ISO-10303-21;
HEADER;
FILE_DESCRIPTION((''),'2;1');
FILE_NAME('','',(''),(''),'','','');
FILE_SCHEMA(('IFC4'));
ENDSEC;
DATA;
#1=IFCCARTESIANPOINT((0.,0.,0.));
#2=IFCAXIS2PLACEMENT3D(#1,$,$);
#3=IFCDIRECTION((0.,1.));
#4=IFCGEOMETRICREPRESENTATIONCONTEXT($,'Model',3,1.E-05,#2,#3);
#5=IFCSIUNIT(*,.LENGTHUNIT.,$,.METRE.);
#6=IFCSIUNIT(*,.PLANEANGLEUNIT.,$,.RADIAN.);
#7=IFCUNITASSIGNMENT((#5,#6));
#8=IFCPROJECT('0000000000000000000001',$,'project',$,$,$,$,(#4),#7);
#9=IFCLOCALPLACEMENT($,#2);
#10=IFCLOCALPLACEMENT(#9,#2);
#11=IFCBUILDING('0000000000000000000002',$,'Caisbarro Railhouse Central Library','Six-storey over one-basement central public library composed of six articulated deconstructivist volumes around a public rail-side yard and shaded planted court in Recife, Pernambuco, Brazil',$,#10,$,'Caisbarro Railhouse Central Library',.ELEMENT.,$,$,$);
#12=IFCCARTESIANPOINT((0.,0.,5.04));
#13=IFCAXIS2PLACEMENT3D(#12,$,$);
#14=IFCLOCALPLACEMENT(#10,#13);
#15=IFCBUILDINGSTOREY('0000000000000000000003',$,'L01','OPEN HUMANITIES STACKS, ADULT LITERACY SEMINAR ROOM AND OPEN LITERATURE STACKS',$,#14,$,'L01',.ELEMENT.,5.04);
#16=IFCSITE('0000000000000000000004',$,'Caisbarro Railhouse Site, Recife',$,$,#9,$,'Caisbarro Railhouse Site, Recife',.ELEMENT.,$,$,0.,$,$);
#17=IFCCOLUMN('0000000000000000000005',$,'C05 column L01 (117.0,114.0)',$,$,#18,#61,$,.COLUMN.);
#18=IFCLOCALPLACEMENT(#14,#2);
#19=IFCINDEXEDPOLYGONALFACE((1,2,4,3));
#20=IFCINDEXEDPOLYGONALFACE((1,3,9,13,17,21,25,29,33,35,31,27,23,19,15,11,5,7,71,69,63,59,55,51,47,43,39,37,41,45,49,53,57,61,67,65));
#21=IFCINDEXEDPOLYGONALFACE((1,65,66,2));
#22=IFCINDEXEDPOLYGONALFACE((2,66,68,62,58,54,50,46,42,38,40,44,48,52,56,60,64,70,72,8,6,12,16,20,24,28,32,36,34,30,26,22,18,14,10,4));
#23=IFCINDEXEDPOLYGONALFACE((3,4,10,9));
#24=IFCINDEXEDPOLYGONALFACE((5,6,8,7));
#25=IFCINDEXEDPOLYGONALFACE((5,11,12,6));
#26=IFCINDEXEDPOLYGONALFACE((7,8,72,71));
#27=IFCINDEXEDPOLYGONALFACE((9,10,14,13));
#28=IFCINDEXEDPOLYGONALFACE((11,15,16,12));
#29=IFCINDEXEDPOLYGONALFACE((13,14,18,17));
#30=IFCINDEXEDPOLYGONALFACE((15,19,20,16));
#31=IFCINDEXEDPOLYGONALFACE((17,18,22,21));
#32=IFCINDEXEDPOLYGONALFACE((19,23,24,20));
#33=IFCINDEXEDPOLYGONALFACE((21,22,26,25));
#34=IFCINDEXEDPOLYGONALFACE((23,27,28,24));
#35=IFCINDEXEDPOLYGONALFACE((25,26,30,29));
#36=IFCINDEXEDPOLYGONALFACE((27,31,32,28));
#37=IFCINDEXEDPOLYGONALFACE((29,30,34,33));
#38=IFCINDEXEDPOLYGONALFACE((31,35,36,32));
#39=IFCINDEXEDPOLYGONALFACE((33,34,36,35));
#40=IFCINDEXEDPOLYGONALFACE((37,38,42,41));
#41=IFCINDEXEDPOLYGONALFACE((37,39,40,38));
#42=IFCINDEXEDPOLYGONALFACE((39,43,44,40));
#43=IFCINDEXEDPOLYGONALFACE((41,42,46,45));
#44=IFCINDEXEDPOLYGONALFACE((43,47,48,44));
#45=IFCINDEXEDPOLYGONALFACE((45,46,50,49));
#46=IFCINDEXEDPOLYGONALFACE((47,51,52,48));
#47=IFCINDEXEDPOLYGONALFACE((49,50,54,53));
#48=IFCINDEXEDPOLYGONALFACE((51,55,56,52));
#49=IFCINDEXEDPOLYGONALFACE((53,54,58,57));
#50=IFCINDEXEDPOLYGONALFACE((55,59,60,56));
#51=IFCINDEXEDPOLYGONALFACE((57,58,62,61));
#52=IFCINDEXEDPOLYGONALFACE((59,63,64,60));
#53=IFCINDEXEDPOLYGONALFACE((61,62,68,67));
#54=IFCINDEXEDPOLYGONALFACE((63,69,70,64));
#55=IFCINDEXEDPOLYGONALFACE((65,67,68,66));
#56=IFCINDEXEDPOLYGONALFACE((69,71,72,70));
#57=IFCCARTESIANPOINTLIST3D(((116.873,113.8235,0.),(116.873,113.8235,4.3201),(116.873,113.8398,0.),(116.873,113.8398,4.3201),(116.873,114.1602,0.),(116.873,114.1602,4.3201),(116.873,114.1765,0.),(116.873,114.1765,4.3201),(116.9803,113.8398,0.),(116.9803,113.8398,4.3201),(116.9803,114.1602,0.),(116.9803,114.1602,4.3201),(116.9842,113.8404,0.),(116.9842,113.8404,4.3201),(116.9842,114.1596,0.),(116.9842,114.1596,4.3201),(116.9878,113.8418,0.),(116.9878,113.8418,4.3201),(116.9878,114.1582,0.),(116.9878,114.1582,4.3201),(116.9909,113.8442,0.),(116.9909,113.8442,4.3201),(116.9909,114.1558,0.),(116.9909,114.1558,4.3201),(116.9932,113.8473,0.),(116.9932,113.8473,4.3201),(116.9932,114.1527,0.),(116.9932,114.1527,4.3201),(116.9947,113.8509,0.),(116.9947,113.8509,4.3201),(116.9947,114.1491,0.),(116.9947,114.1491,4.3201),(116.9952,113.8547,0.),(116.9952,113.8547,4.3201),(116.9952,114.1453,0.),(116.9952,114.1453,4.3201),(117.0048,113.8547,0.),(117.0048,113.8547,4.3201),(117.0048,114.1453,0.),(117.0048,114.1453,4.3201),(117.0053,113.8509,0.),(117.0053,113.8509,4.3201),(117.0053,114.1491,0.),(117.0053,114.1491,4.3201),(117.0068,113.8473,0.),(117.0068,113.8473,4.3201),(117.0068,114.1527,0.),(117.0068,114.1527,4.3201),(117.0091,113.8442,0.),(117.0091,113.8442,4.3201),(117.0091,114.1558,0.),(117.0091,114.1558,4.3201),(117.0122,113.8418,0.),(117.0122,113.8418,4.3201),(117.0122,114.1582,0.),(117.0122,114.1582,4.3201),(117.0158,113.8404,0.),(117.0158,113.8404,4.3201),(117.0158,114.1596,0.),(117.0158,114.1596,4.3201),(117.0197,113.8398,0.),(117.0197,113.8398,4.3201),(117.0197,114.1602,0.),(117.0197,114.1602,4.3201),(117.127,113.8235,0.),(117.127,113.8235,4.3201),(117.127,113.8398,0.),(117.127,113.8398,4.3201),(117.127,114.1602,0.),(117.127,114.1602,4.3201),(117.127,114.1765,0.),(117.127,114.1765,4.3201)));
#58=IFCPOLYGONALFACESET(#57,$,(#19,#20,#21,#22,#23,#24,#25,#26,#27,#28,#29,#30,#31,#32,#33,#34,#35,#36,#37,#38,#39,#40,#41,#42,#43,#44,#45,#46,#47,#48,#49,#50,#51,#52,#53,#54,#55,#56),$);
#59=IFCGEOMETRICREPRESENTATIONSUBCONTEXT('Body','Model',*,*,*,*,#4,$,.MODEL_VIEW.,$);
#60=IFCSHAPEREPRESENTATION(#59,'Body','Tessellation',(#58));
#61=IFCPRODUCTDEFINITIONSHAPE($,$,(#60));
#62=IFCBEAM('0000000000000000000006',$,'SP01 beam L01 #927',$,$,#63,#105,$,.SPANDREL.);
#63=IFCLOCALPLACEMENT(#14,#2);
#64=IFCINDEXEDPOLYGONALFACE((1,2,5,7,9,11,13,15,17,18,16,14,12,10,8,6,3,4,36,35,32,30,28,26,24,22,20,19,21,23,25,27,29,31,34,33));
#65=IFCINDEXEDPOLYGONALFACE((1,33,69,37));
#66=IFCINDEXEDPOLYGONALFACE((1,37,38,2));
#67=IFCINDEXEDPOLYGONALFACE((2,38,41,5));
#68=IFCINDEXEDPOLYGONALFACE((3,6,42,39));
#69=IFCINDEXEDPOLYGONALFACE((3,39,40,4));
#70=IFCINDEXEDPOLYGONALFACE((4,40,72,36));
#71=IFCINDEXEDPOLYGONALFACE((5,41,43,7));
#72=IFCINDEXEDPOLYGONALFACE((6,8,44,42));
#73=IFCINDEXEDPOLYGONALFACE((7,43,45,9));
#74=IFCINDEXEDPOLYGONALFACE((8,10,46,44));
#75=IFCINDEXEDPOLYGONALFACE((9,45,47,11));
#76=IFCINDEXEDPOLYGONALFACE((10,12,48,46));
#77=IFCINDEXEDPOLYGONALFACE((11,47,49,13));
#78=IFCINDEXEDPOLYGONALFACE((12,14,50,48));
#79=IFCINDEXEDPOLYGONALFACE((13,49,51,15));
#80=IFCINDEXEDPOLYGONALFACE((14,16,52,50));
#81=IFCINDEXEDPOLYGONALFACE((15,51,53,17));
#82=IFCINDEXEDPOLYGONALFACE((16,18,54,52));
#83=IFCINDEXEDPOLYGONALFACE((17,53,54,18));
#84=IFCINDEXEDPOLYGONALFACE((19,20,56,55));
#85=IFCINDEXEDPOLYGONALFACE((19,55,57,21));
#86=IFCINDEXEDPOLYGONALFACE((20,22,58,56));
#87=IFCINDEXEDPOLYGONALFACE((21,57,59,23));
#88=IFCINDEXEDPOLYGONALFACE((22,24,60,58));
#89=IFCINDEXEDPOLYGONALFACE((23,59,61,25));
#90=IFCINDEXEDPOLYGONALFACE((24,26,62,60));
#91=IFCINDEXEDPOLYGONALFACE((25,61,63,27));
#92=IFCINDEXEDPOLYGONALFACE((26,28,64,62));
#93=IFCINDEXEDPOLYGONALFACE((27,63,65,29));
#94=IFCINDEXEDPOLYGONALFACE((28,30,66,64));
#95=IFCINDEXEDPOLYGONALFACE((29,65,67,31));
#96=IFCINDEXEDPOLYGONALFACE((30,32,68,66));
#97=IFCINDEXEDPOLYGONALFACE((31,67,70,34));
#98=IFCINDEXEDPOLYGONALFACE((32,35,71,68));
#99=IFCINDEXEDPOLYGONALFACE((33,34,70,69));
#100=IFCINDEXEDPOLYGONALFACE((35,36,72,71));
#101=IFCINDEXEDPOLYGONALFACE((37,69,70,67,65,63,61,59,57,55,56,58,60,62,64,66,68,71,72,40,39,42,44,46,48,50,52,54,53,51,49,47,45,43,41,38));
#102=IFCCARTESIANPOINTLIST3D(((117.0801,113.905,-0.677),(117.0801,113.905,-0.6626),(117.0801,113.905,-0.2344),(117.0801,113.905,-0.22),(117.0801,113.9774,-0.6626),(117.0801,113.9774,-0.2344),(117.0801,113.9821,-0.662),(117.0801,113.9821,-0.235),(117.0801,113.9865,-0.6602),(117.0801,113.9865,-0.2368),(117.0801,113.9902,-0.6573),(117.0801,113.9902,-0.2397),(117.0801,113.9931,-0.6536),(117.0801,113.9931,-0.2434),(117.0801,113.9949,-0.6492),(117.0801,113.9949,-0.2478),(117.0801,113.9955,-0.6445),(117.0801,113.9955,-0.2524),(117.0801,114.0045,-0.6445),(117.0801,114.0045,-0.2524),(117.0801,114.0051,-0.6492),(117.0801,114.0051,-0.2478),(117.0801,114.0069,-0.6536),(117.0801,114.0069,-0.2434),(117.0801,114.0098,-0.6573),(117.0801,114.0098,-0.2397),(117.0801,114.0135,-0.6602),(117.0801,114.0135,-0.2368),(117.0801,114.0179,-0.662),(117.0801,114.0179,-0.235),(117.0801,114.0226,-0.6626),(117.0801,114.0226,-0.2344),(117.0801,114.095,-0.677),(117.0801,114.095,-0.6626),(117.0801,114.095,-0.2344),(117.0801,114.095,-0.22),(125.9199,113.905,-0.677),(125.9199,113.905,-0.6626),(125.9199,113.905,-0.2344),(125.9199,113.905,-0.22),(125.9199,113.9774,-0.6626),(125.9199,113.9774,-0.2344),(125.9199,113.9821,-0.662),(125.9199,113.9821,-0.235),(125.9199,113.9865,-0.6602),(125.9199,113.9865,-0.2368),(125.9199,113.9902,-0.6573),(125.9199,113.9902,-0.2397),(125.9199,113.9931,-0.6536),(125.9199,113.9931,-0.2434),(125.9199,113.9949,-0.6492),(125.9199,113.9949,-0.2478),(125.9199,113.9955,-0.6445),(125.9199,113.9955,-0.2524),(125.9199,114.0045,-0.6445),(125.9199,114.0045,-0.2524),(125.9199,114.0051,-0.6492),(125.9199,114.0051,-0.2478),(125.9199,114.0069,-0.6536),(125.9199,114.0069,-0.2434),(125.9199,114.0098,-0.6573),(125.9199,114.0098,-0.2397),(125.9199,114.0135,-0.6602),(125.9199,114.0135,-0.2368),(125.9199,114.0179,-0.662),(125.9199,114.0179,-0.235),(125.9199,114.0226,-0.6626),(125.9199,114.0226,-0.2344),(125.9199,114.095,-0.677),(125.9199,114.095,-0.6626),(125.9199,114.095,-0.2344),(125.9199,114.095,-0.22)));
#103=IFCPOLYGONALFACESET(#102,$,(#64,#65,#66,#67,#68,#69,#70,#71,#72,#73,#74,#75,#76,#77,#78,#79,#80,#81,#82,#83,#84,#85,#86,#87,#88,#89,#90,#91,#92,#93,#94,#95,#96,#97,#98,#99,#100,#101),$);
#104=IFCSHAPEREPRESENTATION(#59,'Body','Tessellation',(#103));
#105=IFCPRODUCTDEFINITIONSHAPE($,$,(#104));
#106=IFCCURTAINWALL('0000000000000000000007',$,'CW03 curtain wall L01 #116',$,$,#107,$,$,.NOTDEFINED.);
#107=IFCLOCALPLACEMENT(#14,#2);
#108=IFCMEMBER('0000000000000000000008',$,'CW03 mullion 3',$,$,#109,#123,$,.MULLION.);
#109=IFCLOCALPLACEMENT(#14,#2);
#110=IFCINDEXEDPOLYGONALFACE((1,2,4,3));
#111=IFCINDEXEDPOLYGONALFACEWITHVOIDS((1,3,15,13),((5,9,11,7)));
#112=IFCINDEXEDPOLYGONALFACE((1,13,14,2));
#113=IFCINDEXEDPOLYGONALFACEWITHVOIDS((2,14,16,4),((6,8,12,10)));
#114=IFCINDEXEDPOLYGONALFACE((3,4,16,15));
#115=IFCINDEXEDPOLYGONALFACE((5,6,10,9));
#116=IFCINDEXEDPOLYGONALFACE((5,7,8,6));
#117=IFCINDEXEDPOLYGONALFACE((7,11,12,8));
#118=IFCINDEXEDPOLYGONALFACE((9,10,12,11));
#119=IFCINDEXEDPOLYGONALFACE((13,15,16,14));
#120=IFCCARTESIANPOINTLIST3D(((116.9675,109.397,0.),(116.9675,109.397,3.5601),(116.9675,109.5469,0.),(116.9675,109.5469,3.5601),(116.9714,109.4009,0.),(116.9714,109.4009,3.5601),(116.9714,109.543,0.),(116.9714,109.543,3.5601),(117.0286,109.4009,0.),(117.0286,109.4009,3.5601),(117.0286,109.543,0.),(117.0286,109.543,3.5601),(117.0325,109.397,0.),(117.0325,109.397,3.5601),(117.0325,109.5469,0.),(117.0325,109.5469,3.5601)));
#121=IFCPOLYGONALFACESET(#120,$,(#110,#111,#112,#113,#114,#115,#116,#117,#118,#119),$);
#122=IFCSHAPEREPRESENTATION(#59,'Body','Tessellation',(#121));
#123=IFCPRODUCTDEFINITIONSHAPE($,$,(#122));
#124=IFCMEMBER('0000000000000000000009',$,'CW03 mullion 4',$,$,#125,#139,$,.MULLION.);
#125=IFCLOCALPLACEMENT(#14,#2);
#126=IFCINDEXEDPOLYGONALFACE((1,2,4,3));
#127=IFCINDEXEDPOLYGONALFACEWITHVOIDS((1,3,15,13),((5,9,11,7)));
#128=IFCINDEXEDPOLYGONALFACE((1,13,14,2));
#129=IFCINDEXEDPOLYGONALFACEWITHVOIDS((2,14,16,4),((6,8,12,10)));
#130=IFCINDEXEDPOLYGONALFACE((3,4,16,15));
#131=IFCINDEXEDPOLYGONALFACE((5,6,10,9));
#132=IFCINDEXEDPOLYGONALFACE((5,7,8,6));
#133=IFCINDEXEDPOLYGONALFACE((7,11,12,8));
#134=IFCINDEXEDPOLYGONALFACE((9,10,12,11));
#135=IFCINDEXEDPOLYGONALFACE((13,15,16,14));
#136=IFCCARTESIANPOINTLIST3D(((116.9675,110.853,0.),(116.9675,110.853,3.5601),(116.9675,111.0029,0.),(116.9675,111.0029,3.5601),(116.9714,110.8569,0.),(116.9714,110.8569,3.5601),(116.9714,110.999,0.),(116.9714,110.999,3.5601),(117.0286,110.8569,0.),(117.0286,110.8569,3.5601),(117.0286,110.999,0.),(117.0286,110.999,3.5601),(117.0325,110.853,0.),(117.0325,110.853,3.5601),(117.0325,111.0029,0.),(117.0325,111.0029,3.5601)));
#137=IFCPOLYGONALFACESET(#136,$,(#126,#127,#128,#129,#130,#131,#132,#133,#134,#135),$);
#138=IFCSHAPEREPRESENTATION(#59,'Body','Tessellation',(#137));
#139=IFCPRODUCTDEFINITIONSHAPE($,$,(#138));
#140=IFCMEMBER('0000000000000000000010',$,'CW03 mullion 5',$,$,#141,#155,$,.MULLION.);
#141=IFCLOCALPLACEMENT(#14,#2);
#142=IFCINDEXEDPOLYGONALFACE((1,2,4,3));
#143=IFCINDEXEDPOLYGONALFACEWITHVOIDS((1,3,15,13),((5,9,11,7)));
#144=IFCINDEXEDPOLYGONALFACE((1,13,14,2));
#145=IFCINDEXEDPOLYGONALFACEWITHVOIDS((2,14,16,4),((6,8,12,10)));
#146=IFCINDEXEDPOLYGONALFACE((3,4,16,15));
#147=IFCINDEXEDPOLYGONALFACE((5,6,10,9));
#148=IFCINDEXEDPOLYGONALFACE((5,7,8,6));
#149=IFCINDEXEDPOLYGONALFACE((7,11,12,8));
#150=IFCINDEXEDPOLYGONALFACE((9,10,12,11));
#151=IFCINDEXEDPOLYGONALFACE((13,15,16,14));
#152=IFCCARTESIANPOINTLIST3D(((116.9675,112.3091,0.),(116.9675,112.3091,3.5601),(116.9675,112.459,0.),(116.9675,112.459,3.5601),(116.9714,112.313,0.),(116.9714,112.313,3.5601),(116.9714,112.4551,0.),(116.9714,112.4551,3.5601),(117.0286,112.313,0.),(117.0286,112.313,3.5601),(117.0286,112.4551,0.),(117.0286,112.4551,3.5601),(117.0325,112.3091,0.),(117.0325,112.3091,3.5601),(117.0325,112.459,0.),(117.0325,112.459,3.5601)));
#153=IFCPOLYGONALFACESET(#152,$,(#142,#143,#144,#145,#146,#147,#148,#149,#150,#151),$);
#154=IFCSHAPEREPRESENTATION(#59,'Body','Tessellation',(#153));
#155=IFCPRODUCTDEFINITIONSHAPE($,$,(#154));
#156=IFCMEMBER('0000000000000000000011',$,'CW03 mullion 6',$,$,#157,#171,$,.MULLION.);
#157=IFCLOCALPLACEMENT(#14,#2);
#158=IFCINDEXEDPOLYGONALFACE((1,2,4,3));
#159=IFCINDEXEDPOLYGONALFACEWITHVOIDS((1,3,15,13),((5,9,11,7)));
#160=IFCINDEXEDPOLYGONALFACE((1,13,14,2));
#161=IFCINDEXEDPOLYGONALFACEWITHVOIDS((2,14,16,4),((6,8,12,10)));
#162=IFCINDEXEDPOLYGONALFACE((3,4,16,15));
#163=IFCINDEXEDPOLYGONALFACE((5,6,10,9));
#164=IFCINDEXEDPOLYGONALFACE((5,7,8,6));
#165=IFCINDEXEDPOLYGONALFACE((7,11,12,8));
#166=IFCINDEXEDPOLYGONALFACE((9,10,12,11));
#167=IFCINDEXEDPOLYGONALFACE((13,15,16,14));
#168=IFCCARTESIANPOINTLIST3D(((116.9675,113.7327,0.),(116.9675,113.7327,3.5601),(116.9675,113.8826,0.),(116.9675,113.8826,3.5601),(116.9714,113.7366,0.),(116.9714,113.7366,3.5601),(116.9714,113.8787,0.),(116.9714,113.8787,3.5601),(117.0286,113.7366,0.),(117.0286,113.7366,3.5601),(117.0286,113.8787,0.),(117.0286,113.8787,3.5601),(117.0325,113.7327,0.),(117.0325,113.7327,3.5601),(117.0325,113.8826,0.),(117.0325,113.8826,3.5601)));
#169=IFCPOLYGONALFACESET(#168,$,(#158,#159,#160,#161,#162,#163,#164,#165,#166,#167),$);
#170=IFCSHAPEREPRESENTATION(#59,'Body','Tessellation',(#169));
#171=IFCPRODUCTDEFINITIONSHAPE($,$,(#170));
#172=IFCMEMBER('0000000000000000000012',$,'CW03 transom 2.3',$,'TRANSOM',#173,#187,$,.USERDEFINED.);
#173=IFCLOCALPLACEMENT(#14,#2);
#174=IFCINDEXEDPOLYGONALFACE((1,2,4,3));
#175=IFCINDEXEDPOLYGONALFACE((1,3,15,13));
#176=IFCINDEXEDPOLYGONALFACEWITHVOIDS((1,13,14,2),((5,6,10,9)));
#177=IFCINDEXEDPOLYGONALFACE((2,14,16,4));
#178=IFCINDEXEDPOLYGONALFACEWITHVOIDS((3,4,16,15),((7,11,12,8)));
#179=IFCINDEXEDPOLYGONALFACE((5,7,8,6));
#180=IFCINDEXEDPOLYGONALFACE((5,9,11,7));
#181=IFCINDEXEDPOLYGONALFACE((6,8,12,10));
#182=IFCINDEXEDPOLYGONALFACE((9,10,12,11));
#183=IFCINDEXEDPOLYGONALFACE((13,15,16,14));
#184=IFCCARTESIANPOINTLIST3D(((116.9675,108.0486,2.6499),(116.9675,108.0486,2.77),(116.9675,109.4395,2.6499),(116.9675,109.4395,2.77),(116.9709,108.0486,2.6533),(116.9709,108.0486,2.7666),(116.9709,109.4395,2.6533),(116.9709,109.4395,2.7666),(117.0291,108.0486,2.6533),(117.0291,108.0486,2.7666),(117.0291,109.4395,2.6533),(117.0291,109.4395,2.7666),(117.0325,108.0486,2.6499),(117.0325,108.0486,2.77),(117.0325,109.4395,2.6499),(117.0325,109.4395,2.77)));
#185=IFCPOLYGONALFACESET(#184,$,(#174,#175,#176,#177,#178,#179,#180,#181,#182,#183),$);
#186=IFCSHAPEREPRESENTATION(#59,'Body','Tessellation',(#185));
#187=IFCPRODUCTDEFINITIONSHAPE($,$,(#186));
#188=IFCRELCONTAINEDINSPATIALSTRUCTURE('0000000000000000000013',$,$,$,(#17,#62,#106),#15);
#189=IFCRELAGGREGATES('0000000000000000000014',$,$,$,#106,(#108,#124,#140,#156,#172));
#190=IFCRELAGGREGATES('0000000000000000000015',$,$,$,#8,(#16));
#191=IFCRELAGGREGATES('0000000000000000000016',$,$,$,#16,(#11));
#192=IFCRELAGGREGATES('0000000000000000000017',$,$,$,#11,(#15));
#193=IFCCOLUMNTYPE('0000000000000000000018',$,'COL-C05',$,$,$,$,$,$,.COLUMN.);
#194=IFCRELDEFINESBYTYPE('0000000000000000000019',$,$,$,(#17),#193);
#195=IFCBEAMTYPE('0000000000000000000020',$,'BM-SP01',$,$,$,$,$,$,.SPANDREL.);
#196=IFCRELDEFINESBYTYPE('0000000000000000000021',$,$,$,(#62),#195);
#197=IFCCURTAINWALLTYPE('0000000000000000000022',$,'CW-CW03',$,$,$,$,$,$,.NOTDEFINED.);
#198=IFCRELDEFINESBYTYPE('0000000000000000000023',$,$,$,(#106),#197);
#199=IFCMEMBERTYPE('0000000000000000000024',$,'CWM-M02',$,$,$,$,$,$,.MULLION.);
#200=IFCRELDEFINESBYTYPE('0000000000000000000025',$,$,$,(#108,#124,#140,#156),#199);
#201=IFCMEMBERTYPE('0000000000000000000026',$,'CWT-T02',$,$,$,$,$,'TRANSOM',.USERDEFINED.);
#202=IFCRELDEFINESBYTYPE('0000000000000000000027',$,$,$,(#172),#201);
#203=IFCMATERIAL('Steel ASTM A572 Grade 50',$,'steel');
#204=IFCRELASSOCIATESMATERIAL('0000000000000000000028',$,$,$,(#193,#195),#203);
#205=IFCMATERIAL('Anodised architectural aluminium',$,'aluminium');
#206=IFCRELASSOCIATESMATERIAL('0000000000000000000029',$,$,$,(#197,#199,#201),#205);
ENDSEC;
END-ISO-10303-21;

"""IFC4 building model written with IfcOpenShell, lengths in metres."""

from ifc_helpers import new_model, si_unit, direction, frame, origin, origin_2d, place, context, subcontext, project, spatial, hollow_rectangle, i_section, extrude, material, material_profile, profile_set, type_object, element, aggregate, save


model = new_model("IFC4")

# Units and contexts
model_context = context("Model", 3, precision=1e-05, world=origin(), true_north=direction((0.0, 1.0)))
body_context = subcontext(model_context, "Body", "Model", "MODEL_VIEW")
ifc_project = project(units=[si_unit("LENGTHUNIT", "METRE"), si_unit("PLANEANGLEUNIT", "RADIAN")], contexts=[model_context])

# Site, building, storey
site_placement = place(None, origin())
site = spatial("IfcSite", under=ifc_project, at=site_placement, Name="Caisbarro Railhouse Site, Recife", LongName="Caisbarro Railhouse Site, Recife", CompositionType="ELEMENT", RefElevation=0.0)
building_placement = place(site_placement, origin())
building = spatial("IfcBuilding", under=site, at=building_placement, Name="Caisbarro Railhouse Central Library", Description="Six-storey over one-basement central public library composed of six articulated deconstructivist volumes around a public rail-side yard and shaded planted court in Recife, Pernambuco, Brazil", LongName="Caisbarro Railhouse Central Library", CompositionType="ELEMENT")
storey_placement = place(building_placement, frame((0.0, 0.0, 5.04)))
storey = spatial("IfcBuildingStorey", under=building, at=storey_placement, Name="L01", Description="OPEN HUMANITIES STACKS, ADULT LITERACY SEMINAR ROOM AND OPEN LITERATURE STACKS", LongName="L01", CompositionType="ELEMENT", Elevation=5.04)

# Column
ifc_material_1 = material(Name="Steel ASTM A572 Grade 50", Category="steel")
ifc_material_profile_1 = material_profile(ifc_material_1, i_section(OverallWidth=0.2539, OverallDepth=0.353, WebThickness=0.0095, FlangeThickness=0.0164, FilletRadius=0.0149, at=origin_2d()), Name="W360X91.0")
ifc_profile_set_1 = profile_set([ifc_material_profile_1], Name="Steel ASTM A572 Grade 50")
column_type = type_object("IfcColumnType", Name="COL-C05", PredefinedType="COLUMN", material=ifc_profile_set_1)
column_placement = place(storey_placement, frame((117.0, 114.0, 0.0), z_axis=(0.0, 0.0, 1.0), x_axis=(1.0, 0.0, 0.0)))
element("IfcColumn", 1, at=column_placement, inside=storey, type_object=column_type, Name="C05 column L01 (117.0,114.0)", PredefinedType="COLUMN", context=body_context, shape_type="SweptSolid", body=[
    extrude(i_section(OverallWidth=0.2539, OverallDepth=0.353, WebThickness=0.0095, FlangeThickness=0.0164, FilletRadius=0.0149, at=origin_2d()), origin(), (0.0, 0.0, 1.0), 4.3201),
])

# Beam
ifc_material_profile_2 = material_profile(ifc_material_1, i_section(OverallWidth=0.1899, OverallDepth=0.457, WebThickness=0.009, FlangeThickness=0.0144, FilletRadius=0.0181, at=origin_2d()), Name="W460X74.0")
ifc_profile_set_2 = profile_set([ifc_material_profile_2], Name="Steel ASTM A572 Grade 50")
beam_type = type_object("IfcBeamType", Name="BM-SP01", PredefinedType="SPANDREL", material=ifc_profile_set_2)
beam_placement = place(storey_placement, frame((117.0801, 114.0, -0.4485), z_axis=(1.0, 0.0, 0.0), x_axis=(0.0, 1.0, 0.0)))
element("IfcBeam", 2, at=beam_placement, inside=storey, type_object=beam_type, Name="SP01 beam L01 #927", PredefinedType="SPANDREL", context=body_context, shape_type="SweptSolid", body=[
    extrude(i_section(OverallWidth=0.1899, OverallDepth=0.457, WebThickness=0.009, FlangeThickness=0.0144, FilletRadius=0.0181, at=origin_2d()), origin(), (0.0, 0.0, 1.0), 8.8398),
])

# Curtain wall, members
ifc_material_2 = material(Name="Anodised architectural aluminium", Category="aluminium")
curtain_wall_type = type_object("IfcCurtainWallType", Name="CW-CW03", PredefinedType="NOTDEFINED", material=ifc_material_2)
curtain_wall_placement = place(storey_placement, origin())
curtain_wall = element("IfcCurtainWall", 3, at=curtain_wall_placement, inside=storey, type_object=curtain_wall_type, Name="CW03 curtain wall L01 #116", PredefinedType="NOTDEFINED")
ifc_material_profile_3 = material_profile(ifc_material_2, hollow_rectangle(XDim=0.0649, YDim=0.1499, WallThickness=0.0039, at=origin_2d()), Name="ALU-MUL-65X150")
ifc_profile_set_3 = profile_set([ifc_material_profile_3], Name="Anodised architectural aluminium")
member_type_1 = type_object("IfcMemberType", Name="CWM-M02", PredefinedType="MULLION", material=ifc_profile_set_3)
member_1_placement = place(storey_placement, frame((117.0, 109.4719, 0.0), z_axis=(0.0, 0.0, 1.0), x_axis=(-1.0, 0.0, 0.0)))
member_1 = element("IfcMember", 4, at=member_1_placement, type_object=member_type_1, Name="CW03 mullion 3", PredefinedType="MULLION", context=body_context, shape_type="SweptSolid", body=[
    extrude(hollow_rectangle(XDim=0.0649, YDim=0.1499, WallThickness=0.0039, at=origin_2d()), origin(), (0.0, 0.0, 1.0), 3.5601),
])
member_2_placement = place(storey_placement, frame((117.0, 110.928, 0.0), z_axis=(0.0, 0.0, 1.0), x_axis=(-1.0, 0.0, 0.0)))
member_2 = element("IfcMember", 5, at=member_2_placement, type_object=member_type_1, Name="CW03 mullion 4", PredefinedType="MULLION", context=body_context, shape_type="SweptSolid", body=[
    extrude(hollow_rectangle(XDim=0.0649, YDim=0.1499, WallThickness=0.0039, at=origin_2d()), origin(), (0.0, 0.0, 1.0), 3.5601),
])
member_3_placement = place(storey_placement, frame((117.0, 112.384, 0.0), z_axis=(0.0, 0.0, 1.0), x_axis=(-1.0, 0.0, 0.0)))
member_3 = element("IfcMember", 6, at=member_3_placement, type_object=member_type_1, Name="CW03 mullion 5", PredefinedType="MULLION", context=body_context, shape_type="SweptSolid", body=[
    extrude(hollow_rectangle(XDim=0.0649, YDim=0.1499, WallThickness=0.0039, at=origin_2d()), origin(), (0.0, 0.0, 1.0), 3.5601),
])
member_4_placement = place(storey_placement, frame((117.0, 113.8076, 0.0), z_axis=(0.0, 0.0, 1.0), x_axis=(-1.0, 0.0, 0.0)))
member_4 = element("IfcMember", 7, at=member_4_placement, type_object=member_type_1, Name="CW03 mullion 6", PredefinedType="MULLION", context=body_context, shape_type="SweptSolid", body=[
    extrude(hollow_rectangle(XDim=0.0649, YDim=0.1499, WallThickness=0.0039, at=origin_2d()), origin(), (0.0, 0.0, 1.0), 3.5601),
])
ifc_material_profile_4 = material_profile(ifc_material_2, hollow_rectangle(XDim=0.0649, YDim=0.1201, WallThickness=0.0034, at=origin_2d()), Name="ALU-TRN-65X120")
ifc_profile_set_4 = profile_set([ifc_material_profile_4], Name="Anodised architectural aluminium")
member_type_2 = type_object("IfcMemberType", Name="CWT-T02", ElementType="TRANSOM", PredefinedType="USERDEFINED", material=ifc_profile_set_4)
member_5_placement = place(storey_placement, frame((117.0, 108.0486, 2.71), z_axis=(0.0, 1.0, 0.0), x_axis=(-1.0, 0.0, 0.0)))
member_5 = element("IfcMember", 8, at=member_5_placement, type_object=member_type_2, Name="CW03 transom 2.3", ObjectType="TRANSOM", PredefinedType="USERDEFINED", context=body_context, shape_type="SweptSolid", body=[
    extrude(hollow_rectangle(XDim=0.0649, YDim=0.1201, WallThickness=0.0034, at=origin_2d()), origin(), (0.0, 0.0, 1.0), 1.3909),
])
aggregate(curtain_wall, [member_1, member_2, member_3, member_4, member_5])

save(model, "model.ifc")
